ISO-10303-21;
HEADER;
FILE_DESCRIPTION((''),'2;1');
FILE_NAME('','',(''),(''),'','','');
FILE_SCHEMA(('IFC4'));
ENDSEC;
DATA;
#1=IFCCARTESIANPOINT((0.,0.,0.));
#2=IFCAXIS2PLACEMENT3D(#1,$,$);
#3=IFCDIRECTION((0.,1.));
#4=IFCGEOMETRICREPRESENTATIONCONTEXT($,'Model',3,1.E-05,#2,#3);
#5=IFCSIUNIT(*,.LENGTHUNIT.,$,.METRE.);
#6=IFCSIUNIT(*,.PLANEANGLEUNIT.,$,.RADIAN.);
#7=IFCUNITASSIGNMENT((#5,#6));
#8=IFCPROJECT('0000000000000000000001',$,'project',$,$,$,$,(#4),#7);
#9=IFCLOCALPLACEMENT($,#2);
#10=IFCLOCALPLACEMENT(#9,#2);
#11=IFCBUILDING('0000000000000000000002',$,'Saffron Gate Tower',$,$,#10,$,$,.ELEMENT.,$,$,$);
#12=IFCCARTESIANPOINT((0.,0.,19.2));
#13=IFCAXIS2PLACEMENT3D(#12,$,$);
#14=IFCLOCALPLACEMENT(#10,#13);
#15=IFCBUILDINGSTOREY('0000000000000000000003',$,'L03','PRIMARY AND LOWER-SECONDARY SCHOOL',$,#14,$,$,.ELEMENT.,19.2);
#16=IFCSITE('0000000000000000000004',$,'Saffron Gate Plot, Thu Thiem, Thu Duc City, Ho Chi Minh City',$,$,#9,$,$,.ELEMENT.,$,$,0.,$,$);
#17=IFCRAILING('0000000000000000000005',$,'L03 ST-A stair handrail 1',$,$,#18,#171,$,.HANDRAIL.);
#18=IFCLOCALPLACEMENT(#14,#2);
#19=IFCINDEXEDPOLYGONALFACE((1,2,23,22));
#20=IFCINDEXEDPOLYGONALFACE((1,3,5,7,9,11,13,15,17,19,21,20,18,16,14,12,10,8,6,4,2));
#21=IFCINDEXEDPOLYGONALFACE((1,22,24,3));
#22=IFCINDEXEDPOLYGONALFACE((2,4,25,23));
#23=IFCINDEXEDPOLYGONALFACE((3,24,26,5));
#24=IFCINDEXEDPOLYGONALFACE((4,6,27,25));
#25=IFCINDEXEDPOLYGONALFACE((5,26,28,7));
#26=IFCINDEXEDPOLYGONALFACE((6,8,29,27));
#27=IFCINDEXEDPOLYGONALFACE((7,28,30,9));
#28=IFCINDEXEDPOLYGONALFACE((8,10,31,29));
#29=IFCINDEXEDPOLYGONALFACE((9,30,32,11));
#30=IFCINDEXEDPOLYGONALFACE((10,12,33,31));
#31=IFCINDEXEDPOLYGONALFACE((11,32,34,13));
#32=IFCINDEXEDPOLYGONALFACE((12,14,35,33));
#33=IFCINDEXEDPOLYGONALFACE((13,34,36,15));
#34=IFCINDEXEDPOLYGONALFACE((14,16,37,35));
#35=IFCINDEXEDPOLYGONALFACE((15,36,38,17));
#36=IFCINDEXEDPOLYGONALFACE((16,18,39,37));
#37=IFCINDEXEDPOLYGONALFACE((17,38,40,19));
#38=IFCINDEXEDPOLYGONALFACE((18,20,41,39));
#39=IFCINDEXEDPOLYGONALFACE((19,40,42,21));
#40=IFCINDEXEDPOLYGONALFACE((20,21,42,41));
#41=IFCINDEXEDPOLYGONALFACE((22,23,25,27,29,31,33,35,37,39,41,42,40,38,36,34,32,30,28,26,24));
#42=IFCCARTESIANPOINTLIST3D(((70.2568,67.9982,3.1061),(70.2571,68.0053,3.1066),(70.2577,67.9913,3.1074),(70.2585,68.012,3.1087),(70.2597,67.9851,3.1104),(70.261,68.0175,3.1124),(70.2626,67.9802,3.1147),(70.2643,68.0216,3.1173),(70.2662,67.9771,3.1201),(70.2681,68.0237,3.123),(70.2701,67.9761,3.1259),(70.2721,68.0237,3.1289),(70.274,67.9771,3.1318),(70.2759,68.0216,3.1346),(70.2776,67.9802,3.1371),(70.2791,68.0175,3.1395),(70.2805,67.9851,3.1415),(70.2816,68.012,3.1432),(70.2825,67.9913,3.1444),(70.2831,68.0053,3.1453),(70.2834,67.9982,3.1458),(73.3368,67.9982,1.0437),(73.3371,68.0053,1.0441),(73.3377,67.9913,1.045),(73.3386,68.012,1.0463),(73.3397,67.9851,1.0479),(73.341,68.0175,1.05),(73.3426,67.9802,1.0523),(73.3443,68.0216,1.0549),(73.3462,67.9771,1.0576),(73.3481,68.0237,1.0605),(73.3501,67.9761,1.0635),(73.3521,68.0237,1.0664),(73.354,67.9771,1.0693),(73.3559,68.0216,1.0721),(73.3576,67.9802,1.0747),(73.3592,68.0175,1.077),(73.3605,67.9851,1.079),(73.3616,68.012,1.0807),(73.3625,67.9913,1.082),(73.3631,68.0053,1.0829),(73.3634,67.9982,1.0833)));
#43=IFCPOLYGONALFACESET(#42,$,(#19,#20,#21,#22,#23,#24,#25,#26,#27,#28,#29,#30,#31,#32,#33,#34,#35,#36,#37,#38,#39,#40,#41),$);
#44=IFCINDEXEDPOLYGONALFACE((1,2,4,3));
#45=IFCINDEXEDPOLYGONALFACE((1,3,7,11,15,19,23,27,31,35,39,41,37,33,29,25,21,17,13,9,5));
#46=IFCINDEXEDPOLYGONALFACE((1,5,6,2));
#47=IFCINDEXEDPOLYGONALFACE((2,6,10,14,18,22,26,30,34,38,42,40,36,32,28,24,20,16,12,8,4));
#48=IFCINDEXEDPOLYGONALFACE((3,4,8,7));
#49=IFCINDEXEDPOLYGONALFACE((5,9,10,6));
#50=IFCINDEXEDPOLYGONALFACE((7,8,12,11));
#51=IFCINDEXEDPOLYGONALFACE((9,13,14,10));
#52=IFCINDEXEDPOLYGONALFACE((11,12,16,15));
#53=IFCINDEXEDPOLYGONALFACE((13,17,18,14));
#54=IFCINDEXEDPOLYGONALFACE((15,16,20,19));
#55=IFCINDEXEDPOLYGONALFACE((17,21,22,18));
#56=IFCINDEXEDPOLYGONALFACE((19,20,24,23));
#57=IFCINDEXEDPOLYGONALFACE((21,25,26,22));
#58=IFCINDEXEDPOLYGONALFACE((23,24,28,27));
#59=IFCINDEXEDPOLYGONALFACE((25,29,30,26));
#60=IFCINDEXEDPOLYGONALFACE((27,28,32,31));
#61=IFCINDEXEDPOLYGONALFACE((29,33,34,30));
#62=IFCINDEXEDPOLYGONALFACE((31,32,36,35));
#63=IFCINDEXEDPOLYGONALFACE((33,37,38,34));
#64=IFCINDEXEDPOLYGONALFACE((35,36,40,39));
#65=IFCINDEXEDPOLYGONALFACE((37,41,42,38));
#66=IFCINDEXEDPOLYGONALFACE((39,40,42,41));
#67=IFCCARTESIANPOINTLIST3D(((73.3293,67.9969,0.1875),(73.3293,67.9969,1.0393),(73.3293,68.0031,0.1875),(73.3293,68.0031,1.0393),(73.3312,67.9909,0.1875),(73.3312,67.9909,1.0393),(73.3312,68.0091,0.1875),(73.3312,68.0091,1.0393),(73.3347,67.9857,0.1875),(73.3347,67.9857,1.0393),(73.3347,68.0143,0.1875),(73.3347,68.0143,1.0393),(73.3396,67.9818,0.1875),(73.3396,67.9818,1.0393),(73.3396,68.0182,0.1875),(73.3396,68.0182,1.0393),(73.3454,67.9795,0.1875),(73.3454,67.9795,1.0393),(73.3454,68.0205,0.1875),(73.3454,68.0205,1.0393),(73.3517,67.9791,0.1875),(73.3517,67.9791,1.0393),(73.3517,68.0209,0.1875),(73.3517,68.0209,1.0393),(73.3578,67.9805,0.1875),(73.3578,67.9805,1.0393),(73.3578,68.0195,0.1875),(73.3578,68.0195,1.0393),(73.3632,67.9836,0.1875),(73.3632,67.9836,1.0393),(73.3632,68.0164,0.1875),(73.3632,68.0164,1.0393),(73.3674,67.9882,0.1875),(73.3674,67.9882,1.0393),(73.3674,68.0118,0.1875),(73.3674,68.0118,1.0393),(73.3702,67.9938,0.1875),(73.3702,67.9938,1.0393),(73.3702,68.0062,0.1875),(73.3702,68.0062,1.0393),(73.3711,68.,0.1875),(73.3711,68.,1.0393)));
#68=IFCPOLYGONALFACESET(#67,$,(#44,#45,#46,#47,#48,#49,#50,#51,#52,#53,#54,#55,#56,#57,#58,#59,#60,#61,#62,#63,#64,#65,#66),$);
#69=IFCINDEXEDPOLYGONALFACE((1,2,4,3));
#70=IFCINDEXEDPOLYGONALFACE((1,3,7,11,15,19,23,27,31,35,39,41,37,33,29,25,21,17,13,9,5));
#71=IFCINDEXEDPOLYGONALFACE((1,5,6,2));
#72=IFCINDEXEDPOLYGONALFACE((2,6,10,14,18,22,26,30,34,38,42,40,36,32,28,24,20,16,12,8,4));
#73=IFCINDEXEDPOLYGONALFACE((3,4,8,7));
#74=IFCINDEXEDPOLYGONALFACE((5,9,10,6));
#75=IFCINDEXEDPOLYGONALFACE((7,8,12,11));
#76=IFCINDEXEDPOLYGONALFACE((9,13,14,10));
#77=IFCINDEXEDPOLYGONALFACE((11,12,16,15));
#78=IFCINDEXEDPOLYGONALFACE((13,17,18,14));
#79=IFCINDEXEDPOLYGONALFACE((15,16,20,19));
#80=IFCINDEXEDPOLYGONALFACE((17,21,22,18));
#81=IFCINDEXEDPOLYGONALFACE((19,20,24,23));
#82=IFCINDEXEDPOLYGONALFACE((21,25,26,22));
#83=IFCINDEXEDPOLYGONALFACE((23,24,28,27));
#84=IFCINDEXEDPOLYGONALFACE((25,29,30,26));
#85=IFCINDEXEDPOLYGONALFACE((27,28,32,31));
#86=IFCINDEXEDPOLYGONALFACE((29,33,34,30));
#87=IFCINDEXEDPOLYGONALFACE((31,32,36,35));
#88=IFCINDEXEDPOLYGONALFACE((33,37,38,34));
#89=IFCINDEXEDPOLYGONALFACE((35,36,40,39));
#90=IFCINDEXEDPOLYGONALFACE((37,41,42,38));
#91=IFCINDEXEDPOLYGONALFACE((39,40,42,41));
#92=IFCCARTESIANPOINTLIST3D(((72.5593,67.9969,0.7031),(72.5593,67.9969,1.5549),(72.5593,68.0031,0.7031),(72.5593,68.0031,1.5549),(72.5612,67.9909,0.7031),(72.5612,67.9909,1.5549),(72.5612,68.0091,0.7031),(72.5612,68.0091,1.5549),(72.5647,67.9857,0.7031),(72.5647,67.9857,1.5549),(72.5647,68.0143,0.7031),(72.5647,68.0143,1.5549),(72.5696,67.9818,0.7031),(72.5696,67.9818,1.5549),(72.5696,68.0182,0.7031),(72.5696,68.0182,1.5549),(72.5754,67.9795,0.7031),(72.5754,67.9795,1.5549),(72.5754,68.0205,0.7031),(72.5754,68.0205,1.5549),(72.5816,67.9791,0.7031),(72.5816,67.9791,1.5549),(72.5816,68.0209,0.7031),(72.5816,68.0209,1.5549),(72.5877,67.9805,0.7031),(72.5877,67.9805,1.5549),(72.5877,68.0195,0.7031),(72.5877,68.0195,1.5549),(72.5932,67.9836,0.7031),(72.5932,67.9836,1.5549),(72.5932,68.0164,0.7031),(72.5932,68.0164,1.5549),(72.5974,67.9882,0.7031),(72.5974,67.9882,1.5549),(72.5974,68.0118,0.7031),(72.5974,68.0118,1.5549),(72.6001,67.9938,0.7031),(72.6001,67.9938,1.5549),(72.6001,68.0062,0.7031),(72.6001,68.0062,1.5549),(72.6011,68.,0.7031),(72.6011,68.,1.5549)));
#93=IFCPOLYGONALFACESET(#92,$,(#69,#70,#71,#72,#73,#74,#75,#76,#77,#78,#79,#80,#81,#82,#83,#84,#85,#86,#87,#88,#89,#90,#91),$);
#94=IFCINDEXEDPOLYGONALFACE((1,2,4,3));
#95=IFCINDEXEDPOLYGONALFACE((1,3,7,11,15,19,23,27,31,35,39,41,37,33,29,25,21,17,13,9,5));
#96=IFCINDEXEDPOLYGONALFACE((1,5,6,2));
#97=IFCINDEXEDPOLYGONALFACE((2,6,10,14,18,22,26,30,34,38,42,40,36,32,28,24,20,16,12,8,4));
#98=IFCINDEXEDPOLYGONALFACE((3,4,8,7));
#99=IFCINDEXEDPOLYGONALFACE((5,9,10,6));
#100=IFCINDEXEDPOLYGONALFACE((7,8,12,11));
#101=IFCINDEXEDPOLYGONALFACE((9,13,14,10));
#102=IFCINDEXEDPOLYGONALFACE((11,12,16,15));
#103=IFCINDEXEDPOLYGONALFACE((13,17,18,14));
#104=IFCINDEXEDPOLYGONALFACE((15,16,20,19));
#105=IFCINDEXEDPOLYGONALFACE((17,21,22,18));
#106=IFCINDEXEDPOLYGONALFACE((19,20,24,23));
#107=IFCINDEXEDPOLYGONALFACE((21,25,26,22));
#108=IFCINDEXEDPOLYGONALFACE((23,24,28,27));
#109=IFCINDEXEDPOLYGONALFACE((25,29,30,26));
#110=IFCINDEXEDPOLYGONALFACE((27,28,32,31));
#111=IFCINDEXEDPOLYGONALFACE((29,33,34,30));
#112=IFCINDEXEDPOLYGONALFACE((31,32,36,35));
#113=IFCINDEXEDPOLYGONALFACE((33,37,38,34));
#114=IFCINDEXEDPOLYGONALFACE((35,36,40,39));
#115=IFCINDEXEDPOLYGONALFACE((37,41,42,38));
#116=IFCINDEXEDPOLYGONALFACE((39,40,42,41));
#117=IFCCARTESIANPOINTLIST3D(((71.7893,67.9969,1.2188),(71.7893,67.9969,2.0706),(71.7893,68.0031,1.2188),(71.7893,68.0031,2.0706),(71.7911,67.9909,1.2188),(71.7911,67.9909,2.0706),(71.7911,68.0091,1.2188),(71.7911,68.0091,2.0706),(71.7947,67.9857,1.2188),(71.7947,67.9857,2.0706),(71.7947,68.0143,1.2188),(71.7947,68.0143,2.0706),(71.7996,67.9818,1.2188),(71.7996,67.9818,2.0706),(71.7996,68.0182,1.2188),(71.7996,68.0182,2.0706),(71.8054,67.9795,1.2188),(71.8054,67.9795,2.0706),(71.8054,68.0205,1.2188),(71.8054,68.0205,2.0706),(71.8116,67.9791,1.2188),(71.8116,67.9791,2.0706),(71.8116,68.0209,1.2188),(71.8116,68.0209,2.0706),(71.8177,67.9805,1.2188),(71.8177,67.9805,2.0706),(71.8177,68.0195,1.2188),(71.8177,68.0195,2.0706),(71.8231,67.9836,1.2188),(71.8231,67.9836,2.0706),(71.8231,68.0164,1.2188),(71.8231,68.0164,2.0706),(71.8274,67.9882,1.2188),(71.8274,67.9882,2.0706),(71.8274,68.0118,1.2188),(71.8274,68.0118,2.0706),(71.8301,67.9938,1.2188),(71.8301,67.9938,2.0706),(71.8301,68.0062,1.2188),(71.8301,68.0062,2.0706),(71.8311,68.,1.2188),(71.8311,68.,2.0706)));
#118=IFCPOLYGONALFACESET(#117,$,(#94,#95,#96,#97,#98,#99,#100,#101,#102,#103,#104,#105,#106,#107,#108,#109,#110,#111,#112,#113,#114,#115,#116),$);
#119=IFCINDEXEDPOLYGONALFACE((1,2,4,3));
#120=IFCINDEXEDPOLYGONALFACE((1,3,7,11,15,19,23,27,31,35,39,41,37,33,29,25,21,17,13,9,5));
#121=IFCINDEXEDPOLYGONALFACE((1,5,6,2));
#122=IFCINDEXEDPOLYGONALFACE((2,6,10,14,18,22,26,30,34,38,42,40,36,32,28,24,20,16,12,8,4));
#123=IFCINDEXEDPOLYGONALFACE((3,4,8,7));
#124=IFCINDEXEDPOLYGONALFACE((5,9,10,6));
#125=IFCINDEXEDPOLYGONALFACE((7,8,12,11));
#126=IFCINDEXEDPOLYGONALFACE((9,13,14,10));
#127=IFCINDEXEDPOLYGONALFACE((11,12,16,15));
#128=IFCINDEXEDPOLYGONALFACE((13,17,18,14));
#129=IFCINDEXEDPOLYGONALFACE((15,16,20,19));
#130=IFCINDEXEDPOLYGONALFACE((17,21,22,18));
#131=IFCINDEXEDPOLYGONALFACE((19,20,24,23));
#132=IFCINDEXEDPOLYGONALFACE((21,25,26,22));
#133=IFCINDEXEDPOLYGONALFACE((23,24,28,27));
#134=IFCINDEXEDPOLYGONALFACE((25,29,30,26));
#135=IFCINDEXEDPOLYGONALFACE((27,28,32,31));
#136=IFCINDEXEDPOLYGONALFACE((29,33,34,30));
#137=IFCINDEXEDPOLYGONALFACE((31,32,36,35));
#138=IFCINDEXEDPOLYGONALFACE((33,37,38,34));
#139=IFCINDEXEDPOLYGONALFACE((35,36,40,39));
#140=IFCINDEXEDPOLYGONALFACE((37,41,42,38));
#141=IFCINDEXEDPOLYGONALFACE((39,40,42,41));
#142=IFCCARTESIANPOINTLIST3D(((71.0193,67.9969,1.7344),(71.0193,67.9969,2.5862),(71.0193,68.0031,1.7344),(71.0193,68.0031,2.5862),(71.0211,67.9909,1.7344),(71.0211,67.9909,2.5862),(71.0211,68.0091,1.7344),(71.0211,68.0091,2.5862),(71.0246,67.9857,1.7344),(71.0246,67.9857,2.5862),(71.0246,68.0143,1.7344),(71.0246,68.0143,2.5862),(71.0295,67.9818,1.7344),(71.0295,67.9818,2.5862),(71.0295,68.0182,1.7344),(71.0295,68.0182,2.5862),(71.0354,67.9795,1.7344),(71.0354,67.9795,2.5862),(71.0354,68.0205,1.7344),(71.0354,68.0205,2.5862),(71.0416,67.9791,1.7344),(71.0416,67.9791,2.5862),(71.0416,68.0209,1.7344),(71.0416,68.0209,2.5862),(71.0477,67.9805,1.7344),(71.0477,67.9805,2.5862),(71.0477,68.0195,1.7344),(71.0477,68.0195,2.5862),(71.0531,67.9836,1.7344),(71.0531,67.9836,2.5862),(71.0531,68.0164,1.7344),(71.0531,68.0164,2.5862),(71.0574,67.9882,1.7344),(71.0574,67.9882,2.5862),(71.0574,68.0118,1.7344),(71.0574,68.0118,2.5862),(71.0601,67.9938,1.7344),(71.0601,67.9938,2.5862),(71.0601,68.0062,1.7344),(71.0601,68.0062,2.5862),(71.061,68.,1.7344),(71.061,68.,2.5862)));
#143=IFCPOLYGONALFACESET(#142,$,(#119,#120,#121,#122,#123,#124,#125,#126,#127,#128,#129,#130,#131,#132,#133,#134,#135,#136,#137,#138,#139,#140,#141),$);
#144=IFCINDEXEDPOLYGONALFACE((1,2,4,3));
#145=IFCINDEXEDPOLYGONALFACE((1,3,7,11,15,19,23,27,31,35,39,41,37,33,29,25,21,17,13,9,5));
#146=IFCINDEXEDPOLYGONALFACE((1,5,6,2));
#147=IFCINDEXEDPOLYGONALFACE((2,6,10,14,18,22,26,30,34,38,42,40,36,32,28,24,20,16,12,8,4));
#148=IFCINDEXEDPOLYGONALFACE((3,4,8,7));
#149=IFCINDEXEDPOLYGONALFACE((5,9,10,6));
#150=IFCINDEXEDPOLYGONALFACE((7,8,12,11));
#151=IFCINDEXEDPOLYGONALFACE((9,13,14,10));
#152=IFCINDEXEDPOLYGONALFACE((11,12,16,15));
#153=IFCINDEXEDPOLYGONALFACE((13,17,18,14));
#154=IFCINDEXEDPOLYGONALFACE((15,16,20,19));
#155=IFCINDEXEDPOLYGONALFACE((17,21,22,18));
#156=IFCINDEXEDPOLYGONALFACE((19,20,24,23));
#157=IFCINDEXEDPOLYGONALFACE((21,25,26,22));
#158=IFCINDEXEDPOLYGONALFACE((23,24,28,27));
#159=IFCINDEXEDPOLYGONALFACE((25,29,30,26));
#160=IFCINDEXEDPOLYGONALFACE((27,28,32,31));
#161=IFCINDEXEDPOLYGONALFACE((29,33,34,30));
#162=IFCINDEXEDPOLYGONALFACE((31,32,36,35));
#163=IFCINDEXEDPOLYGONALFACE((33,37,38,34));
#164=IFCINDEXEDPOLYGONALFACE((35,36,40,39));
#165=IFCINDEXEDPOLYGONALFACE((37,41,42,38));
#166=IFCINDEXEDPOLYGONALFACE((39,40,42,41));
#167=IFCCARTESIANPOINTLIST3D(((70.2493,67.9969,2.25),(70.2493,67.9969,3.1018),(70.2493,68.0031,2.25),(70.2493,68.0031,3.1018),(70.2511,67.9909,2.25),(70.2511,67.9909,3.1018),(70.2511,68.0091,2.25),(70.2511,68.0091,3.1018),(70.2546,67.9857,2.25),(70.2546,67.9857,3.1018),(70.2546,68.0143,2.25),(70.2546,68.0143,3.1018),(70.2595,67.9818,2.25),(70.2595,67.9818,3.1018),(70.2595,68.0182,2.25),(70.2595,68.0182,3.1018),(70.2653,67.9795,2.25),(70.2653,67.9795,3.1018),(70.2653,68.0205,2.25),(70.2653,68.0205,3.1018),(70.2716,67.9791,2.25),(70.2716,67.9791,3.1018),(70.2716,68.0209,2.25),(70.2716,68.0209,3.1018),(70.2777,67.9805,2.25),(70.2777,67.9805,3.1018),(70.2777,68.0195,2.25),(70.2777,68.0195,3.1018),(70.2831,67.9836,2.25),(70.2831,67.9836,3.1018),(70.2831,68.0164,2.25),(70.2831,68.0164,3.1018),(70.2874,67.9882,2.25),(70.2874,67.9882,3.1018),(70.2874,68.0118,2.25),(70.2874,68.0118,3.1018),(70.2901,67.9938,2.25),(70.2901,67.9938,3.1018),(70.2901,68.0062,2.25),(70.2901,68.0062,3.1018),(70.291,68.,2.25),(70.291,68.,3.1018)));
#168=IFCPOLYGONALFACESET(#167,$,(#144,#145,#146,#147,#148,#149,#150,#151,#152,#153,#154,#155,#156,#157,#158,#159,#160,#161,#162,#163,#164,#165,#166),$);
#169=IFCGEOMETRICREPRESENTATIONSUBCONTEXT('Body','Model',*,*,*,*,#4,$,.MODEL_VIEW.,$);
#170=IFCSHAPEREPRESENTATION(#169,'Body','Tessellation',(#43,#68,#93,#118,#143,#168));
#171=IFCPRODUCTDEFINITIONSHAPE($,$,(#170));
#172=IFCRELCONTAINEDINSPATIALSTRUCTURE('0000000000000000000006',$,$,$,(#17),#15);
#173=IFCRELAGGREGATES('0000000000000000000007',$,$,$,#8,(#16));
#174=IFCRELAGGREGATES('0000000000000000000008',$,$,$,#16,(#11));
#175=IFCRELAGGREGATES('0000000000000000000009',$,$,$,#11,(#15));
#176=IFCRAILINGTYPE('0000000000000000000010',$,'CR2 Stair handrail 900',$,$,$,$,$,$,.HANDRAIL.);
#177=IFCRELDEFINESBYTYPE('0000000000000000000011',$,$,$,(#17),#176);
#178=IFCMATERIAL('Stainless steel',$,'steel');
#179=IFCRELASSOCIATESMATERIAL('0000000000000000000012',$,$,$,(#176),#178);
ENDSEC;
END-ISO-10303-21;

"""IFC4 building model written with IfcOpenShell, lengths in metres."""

from ifc_helpers import new_model, si_unit, direction, frame, origin, origin_2d, place, context, subcontext, project, spatial, circle, extrude, material, type_object, element, save


model = new_model("IFC4")

# Units and contexts
model_context = context("Model", 3, precision=1e-05, world=origin(), true_north=direction((0.0, 1.0)))
body_context = subcontext(model_context, "Body", "Model", "MODEL_VIEW")
ifc_project = project(units=[si_unit("LENGTHUNIT", "METRE"), si_unit("PLANEANGLEUNIT", "RADIAN")], contexts=[model_context])

# Site, building, storey
site_placement = place(None, origin())
site = spatial("IfcSite", under=ifc_project, at=site_placement, Name="Saffron Gate Plot, Thu Thiem, Thu Duc City, Ho Chi Minh City", CompositionType="ELEMENT", RefElevation=0.0)
building_placement = place(site_placement, origin())
building = spatial("IfcBuilding", under=site, at=building_placement, Name="Saffron Gate Tower", CompositionType="ELEMENT")
storey_placement = place(building_placement, frame((0.0, 0.0, 19.2)))
storey = spatial("IfcBuildingStorey", under=building, at=storey_placement, Name="L03", Description="PRIMARY AND LOWER-SECONDARY SCHOOL", CompositionType="ELEMENT", Elevation=19.2)

# Railing
ifc_material_1 = material(Name="Stainless steel", Category="steel")
railing_type_1 = type_object("IfcRailingType", Name="CR2 Stair handrail 900", PredefinedType="HANDRAIL", material=ifc_material_1)
railing_1_placement = place(storey_placement, frame((73.3501, 68.0, 0.1875)))
element("IfcRailing", 1, at=railing_1_placement, inside=storey, type_object=railing_type_1, Name="L03 ST-A stair handrail 1", PredefinedType="HANDRAIL", context=body_context, shape_type="SweptSolid", body=[
    extrude(circle(Radius=0.0239, at=origin_2d()), frame((0.0, 0.0, 0.876), z_axis=(-0.830914, 0.0, 0.556401), x_axis=(0.0, -1.0, 0.0)), (0.0, 0.0, 1.0), 3.7068),
    extrude(circle(Radius=0.021, at=origin_2d()), origin(), (0.0, 0.0, 1.0), 0.8518),
    extrude(circle(Radius=0.021, at=origin_2d()), frame((-0.77, 0.0, 0.5156)), (0.0, 0.0, 1.0), 0.8518),
    extrude(circle(Radius=0.021, at=origin_2d()), frame((-1.54, 0.0, 1.0312)), (0.0, 0.0, 1.0), 0.8518),
    extrude(circle(Radius=0.021, at=origin_2d()), frame((-2.3101, 0.0, 1.5469)), (0.0, 0.0, 1.0), 0.8518),
    extrude(circle(Radius=0.021, at=origin_2d()), frame((-3.0801, 0.0, 2.0625)), (0.0, 0.0, 1.0), 0.8518),
])

save(model, "model.ifc")
